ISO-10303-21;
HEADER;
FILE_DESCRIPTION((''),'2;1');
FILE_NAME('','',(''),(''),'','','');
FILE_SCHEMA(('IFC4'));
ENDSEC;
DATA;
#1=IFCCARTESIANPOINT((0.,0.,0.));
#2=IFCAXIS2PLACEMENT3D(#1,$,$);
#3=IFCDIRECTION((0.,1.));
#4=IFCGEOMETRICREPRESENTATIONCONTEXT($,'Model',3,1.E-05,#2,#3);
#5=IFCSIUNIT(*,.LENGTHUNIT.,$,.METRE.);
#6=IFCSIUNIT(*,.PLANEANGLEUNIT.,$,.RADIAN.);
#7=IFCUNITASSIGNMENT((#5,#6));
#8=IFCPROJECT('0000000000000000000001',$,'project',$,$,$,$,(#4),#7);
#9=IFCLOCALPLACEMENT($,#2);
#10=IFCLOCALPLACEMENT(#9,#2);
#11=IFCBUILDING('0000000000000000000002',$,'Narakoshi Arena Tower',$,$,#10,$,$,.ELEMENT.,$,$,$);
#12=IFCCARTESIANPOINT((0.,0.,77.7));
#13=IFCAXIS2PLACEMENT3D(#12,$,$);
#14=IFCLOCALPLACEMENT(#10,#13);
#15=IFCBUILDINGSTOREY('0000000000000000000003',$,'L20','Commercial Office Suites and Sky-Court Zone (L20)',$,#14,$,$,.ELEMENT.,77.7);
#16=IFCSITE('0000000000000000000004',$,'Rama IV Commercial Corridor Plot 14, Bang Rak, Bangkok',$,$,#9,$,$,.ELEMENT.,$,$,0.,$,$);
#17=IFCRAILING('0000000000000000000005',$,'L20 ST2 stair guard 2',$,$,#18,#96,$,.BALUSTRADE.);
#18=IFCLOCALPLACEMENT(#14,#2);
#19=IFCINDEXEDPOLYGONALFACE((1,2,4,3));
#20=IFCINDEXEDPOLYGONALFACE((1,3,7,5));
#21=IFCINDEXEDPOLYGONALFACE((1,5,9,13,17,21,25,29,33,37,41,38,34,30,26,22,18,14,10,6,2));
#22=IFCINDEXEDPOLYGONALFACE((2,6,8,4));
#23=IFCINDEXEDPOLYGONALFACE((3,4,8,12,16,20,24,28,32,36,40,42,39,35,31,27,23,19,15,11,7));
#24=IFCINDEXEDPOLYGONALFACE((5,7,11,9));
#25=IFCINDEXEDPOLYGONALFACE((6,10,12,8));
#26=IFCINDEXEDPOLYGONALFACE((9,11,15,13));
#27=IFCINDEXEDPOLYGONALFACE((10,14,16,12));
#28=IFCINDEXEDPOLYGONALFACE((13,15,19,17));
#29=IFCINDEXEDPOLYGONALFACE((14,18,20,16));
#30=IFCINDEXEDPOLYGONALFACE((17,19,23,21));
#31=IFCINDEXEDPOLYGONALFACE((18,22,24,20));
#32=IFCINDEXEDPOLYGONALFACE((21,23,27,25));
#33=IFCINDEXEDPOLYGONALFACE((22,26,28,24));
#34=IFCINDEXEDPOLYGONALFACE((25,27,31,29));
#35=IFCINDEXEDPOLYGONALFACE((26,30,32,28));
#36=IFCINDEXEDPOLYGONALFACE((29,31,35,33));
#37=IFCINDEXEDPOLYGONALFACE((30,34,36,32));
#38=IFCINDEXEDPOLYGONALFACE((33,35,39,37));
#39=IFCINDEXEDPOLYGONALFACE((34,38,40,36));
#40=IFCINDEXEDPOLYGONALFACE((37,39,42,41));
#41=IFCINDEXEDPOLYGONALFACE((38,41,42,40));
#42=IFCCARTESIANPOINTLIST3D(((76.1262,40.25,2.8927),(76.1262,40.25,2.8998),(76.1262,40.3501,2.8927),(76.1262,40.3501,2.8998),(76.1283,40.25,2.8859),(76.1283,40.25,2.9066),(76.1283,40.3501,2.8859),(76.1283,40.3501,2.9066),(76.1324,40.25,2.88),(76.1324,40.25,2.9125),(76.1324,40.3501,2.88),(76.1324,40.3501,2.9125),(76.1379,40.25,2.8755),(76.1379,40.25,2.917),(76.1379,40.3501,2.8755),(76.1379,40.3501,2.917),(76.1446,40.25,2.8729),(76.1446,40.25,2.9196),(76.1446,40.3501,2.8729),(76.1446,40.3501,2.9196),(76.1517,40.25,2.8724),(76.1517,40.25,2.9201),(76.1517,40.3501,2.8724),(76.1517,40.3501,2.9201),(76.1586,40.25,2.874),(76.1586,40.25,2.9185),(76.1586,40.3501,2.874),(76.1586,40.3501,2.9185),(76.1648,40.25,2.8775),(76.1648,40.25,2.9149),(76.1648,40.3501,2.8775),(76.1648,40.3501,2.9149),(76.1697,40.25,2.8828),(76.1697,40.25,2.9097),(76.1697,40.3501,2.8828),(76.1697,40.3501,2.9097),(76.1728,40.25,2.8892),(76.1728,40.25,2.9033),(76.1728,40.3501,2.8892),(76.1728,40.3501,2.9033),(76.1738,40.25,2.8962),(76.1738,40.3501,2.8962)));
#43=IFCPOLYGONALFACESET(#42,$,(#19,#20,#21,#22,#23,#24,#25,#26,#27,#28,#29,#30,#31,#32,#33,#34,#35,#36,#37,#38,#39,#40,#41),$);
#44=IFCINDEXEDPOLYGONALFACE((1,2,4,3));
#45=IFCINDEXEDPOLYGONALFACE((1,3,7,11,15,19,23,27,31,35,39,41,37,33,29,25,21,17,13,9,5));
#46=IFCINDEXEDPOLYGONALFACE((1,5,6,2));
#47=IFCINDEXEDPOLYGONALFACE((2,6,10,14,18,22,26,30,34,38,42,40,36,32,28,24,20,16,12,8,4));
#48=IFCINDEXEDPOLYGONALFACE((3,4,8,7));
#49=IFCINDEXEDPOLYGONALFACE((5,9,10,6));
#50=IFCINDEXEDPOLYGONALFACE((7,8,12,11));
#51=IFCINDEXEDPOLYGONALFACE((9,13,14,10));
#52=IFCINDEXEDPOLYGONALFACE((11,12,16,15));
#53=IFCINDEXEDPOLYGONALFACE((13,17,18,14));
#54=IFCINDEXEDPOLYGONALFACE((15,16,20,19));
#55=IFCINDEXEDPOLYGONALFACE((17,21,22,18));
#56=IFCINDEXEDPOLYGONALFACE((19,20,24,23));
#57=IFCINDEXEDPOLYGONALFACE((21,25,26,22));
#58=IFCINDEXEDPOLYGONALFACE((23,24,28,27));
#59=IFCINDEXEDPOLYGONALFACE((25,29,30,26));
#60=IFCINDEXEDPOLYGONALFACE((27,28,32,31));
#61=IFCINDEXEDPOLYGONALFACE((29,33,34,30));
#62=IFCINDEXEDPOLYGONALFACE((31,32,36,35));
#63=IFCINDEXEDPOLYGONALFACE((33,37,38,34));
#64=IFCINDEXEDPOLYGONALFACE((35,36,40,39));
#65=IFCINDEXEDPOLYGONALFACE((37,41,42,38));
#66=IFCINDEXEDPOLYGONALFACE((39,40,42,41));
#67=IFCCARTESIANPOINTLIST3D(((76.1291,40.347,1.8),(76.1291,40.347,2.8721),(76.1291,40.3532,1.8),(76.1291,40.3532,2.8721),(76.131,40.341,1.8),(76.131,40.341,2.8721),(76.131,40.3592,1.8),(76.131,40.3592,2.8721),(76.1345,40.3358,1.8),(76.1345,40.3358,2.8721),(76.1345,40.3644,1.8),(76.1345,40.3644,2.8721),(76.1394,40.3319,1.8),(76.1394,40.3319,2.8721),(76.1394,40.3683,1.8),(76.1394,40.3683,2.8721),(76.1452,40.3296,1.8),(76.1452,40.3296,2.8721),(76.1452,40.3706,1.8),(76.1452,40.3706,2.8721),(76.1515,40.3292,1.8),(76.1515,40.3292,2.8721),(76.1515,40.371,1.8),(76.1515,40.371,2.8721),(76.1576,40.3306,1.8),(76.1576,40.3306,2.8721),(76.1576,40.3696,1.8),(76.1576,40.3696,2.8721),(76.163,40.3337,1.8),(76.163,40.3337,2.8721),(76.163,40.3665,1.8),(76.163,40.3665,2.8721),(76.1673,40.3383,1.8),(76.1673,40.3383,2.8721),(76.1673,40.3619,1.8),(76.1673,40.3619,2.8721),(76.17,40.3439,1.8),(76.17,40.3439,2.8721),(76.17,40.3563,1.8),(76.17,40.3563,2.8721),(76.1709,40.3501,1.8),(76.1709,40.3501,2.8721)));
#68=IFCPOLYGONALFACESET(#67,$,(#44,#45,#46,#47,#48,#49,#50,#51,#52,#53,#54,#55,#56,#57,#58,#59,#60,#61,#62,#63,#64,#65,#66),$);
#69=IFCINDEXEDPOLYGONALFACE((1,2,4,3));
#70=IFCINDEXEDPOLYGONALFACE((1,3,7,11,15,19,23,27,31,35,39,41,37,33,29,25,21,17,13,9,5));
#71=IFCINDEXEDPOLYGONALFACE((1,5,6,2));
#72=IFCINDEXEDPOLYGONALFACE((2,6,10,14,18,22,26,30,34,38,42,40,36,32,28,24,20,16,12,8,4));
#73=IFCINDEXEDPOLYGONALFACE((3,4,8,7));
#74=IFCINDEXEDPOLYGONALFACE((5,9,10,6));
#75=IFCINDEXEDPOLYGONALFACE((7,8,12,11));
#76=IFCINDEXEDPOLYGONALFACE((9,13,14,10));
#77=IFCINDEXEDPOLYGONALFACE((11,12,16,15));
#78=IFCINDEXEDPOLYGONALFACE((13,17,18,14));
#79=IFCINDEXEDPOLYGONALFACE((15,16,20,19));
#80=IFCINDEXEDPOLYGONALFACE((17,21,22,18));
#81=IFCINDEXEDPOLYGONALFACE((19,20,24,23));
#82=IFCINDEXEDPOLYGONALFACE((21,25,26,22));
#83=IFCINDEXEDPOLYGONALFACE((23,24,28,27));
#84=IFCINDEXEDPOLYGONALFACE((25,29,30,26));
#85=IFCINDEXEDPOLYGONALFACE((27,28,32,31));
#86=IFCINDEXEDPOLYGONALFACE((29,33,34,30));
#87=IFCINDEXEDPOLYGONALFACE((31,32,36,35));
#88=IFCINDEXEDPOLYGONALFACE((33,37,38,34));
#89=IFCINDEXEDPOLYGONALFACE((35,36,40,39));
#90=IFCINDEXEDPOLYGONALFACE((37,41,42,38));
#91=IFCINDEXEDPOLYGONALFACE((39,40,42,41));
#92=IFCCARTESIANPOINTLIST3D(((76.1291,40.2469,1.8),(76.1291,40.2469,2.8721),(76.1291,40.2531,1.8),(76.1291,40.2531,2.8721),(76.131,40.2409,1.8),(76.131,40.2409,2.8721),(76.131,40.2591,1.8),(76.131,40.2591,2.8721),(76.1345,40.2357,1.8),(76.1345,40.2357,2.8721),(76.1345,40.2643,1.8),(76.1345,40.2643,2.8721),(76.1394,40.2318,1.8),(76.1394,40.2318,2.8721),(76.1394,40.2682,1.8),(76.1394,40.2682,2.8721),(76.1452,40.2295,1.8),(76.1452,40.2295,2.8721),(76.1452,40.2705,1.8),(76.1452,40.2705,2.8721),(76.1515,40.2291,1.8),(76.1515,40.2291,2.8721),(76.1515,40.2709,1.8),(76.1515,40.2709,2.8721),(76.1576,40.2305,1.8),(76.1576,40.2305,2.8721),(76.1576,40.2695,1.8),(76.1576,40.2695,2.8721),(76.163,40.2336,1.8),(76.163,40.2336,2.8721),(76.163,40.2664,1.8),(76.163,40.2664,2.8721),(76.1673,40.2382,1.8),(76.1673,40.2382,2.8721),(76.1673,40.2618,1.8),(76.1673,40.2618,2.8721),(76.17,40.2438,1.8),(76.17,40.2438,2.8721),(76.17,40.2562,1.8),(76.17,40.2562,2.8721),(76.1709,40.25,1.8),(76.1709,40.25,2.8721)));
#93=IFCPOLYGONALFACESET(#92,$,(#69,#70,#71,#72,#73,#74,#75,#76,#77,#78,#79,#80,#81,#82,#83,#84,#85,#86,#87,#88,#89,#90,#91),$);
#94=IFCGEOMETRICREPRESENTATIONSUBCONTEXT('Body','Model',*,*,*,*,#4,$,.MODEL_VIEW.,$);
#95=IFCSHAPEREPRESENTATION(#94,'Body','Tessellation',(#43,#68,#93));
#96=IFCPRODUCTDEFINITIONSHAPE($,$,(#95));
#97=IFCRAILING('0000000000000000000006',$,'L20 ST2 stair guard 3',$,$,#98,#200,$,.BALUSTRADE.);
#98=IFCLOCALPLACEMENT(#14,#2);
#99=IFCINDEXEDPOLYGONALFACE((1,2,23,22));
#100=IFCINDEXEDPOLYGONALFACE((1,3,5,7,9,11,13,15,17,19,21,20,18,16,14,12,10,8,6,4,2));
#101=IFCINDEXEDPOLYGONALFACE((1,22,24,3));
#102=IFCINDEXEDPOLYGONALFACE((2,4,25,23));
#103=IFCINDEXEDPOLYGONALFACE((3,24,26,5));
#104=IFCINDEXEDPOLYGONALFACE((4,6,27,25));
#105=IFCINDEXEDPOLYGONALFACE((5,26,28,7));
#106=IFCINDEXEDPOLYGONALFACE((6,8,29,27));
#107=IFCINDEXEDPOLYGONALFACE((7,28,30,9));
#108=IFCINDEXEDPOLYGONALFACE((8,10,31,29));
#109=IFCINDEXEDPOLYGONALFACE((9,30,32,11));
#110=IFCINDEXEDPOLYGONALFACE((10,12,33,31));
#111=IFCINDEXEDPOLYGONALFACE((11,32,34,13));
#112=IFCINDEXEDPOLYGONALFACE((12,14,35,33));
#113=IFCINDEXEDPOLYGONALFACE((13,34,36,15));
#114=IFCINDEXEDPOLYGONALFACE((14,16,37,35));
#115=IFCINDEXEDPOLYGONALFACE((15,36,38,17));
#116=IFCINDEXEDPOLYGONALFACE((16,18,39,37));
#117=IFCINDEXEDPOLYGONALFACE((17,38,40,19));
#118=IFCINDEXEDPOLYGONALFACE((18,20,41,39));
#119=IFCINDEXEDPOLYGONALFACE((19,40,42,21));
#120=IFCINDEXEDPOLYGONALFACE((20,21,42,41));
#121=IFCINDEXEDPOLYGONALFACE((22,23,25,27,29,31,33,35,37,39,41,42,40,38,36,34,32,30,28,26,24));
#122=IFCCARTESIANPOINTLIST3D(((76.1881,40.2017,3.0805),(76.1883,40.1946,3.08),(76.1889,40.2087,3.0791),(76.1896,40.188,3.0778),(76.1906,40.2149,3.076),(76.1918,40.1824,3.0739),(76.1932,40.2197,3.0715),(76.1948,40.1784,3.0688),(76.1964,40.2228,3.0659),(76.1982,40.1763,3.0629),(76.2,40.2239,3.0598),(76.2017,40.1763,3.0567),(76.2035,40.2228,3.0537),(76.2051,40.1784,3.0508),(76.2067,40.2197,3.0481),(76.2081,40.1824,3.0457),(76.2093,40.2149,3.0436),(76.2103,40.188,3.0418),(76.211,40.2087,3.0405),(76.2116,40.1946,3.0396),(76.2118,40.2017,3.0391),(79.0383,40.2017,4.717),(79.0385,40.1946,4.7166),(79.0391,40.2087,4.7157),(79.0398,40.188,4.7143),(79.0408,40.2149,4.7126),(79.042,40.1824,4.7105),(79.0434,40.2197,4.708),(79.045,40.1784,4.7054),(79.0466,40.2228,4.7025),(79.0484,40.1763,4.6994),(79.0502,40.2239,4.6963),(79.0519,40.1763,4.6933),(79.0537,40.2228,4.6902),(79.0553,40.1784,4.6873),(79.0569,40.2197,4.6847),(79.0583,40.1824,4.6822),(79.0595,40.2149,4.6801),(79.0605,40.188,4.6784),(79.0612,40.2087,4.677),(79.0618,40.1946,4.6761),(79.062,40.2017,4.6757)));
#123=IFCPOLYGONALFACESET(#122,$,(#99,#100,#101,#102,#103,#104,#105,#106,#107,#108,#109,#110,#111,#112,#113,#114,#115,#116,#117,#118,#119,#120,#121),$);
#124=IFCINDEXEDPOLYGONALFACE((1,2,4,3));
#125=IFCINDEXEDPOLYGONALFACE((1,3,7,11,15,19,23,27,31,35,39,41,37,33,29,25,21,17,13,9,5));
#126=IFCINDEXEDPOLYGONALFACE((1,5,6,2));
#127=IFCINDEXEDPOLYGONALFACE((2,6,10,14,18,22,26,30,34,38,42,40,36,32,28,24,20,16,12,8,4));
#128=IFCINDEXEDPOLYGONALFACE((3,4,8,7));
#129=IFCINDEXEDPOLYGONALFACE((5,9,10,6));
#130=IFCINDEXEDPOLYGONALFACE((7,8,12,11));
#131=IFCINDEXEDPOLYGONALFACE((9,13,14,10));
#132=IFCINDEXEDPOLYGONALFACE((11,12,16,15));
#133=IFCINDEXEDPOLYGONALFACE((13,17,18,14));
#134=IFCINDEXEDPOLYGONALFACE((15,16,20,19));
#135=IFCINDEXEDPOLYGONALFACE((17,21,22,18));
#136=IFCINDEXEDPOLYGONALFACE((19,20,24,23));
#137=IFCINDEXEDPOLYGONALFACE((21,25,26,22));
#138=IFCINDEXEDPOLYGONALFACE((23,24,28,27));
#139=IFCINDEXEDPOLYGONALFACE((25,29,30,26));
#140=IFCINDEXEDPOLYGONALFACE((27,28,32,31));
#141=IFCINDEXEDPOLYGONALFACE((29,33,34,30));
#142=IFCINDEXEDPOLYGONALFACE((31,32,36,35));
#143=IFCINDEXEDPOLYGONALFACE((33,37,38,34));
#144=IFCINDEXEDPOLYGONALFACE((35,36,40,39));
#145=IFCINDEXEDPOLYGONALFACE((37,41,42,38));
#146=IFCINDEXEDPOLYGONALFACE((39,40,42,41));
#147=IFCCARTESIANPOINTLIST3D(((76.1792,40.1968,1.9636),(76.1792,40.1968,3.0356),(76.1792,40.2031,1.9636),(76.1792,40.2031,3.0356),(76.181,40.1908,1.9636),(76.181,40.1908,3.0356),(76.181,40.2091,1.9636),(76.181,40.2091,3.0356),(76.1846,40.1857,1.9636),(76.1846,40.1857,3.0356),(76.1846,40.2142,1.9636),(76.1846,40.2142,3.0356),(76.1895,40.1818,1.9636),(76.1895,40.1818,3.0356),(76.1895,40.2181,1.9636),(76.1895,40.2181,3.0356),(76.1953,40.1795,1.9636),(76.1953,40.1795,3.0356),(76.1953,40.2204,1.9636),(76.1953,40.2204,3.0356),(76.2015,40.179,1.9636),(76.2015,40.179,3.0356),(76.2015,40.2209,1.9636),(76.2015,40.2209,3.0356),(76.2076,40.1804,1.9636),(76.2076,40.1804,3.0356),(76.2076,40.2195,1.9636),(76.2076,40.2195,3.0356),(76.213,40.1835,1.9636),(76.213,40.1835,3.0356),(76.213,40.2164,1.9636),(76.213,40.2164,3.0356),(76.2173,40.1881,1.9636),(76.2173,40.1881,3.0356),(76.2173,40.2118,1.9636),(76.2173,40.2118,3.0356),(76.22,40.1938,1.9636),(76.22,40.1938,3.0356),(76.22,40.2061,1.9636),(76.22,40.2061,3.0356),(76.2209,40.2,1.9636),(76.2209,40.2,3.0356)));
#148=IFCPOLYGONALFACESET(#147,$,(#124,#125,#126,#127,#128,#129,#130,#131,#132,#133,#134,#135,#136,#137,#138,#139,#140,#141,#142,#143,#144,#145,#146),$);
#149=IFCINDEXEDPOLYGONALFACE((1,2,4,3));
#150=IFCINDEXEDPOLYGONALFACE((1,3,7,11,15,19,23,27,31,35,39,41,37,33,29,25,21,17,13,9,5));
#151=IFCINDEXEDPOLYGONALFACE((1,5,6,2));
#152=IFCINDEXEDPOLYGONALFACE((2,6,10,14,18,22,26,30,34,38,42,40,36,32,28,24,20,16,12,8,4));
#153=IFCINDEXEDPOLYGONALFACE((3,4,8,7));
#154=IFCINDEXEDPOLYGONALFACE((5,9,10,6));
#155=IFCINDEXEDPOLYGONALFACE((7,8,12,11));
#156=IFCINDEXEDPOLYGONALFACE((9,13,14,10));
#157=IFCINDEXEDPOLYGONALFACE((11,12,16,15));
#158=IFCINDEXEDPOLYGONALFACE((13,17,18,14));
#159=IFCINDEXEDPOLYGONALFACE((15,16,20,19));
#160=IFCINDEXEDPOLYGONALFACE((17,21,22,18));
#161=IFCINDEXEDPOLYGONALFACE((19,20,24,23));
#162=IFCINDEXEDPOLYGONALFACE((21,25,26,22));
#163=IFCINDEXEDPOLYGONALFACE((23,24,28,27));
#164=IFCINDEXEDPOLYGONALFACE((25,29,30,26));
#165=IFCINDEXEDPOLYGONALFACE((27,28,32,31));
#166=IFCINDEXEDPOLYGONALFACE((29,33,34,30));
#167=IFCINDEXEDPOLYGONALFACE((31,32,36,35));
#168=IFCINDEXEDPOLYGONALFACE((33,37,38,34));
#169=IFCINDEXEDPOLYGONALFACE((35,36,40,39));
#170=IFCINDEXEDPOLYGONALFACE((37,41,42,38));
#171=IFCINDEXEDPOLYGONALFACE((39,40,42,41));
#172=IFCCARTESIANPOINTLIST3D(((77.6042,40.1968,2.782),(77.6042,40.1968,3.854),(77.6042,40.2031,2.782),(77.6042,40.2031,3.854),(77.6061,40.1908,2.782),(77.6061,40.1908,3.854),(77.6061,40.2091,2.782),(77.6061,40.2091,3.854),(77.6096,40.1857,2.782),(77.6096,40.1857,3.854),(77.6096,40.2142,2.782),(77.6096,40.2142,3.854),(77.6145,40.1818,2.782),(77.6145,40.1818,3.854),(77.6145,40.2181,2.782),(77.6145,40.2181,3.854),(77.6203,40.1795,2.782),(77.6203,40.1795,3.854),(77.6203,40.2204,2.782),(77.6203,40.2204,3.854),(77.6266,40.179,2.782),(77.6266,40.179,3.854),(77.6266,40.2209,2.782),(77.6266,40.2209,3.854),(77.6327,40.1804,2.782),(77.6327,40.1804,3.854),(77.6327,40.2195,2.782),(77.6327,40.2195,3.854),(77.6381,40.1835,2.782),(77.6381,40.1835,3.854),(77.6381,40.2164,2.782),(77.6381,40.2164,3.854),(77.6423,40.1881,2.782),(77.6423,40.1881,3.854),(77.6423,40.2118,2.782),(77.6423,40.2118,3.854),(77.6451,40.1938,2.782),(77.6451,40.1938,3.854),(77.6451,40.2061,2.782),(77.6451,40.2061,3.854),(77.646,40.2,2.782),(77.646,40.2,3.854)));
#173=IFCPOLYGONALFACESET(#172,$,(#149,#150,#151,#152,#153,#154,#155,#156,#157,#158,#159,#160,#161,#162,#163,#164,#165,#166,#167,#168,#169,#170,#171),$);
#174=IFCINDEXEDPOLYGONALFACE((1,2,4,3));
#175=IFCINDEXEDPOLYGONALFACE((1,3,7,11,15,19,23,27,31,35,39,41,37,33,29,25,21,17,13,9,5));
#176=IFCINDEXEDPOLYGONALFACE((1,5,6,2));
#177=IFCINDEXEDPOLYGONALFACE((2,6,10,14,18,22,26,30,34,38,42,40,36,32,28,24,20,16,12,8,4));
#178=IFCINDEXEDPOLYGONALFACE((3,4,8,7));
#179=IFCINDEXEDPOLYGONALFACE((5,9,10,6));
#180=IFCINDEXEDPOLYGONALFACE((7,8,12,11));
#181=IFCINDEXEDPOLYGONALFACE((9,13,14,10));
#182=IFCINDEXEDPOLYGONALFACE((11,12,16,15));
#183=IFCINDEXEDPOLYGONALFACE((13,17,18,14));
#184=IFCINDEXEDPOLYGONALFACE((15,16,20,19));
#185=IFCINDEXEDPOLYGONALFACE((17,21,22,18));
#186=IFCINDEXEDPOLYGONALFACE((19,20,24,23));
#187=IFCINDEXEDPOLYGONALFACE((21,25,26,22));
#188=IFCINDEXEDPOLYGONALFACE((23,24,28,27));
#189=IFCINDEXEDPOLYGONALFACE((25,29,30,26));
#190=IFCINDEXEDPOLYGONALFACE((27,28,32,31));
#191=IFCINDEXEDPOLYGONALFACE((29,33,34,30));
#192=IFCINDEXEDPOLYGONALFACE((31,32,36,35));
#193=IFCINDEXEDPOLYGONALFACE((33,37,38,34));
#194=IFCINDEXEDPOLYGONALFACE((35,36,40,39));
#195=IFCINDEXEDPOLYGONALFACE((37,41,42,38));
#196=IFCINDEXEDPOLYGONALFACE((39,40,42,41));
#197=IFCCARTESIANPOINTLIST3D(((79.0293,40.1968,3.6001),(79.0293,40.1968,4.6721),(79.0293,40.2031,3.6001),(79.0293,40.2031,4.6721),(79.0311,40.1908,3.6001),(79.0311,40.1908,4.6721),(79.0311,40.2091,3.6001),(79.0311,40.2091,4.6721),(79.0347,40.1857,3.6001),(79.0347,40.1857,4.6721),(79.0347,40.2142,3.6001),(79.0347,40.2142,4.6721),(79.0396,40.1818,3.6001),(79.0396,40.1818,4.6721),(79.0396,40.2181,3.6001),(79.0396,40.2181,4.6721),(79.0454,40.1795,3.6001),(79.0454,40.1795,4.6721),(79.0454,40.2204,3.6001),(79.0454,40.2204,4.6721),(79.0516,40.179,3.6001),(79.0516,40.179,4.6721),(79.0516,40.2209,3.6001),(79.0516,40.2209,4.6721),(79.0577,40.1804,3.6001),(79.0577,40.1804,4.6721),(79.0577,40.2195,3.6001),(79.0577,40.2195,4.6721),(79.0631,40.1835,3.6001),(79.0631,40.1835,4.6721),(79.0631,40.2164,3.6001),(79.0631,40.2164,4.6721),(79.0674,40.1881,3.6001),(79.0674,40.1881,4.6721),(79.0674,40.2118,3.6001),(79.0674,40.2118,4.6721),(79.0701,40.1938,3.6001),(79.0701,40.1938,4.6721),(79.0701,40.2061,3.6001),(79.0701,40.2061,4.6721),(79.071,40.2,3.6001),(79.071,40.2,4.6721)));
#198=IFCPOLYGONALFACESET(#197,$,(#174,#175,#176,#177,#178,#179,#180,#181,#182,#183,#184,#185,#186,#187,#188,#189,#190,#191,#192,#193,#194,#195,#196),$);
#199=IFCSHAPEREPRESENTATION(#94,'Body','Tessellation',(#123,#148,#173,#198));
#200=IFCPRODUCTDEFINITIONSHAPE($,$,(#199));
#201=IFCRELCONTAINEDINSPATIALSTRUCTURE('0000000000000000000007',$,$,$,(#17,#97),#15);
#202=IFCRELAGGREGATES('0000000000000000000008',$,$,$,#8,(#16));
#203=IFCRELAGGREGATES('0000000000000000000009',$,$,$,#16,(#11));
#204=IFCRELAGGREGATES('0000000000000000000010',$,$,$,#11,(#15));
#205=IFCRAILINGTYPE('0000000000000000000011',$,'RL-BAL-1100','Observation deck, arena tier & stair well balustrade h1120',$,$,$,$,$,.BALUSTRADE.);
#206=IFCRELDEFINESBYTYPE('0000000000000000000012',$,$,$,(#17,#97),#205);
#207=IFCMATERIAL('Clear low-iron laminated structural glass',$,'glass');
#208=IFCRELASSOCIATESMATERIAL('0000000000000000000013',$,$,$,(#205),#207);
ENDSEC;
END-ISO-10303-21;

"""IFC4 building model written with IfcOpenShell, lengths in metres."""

from ifc_helpers import new_model, si_unit, direction, frame, origin, origin_2d, place, context, subcontext, project, spatial, circle, extrude, material, type_object, element, save


model = new_model("IFC4")

# Units and contexts
model_context = context("Model", 3, precision=1e-05, world=origin(), true_north=direction((0.0, 1.0)))
body_context = subcontext(model_context, "Body", "Model", "MODEL_VIEW")
ifc_project = project(units=[si_unit("LENGTHUNIT", "METRE"), si_unit("PLANEANGLEUNIT", "RADIAN")], contexts=[model_context])

# Site, building, storey
site_placement = place(None, origin())
site = spatial("IfcSite", under=ifc_project, at=site_placement, Name="Rama IV Commercial Corridor Plot 14, Bang Rak, Bangkok", CompositionType="ELEMENT", RefElevation=0.0)
building_placement = place(site_placement, origin())
building = spatial("IfcBuilding", under=site, at=building_placement, Name="Narakoshi Arena Tower", CompositionType="ELEMENT")
storey_placement = place(building_placement, frame((0.0, 0.0, 77.7)))
storey = spatial("IfcBuildingStorey", under=building, at=storey_placement, Name="L20", Description="Commercial Office Suites and Sky-Court Zone (L20)", CompositionType="ELEMENT", Elevation=77.7)

# Railings
ifc_material_1 = material(Name="Clear low-iron laminated structural glass", Category="glass")
railing_type_1 = type_object("IfcRailingType", Name="RL-BAL-1100", Description="Observation deck, arena tier & stair well balustrade h1120", PredefinedType="BALUSTRADE", material=ifc_material_1)
railing_1_placement = place(storey_placement, frame((76.1499, 40.3501, 1.8)))
element("IfcRailing", 1, at=railing_1_placement, inside=storey, type_object=railing_type_1, Name="L20 ST2 stair guard 2", PredefinedType="BALUSTRADE", context=body_context, shape_type="SweptSolid", body=[
    extrude(circle(Radius=0.0239, at=origin_2d()), frame((0.0, 0.0, 1.0962), z_axis=(0.0, -1.0, 0.0), x_axis=(1.0, 0.0, 0.0)), (0.0, 0.0, 1.0), 0.1001),
    extrude(circle(Radius=0.021, at=origin_2d()), origin(), (0.0, 0.0, 1.0), 1.072),
    extrude(circle(Radius=0.021, at=origin_2d()), frame((0.0, -0.1001, 0.0)), (0.0, 0.0, 1.0), 1.072),
])
railing_2_placement = place(storey_placement, frame((76.2, 40.2, 1.9636)))
element("IfcRailing", 2, at=railing_2_placement, inside=storey, type_object=railing_type_1, Name="L20 ST2 stair guard 3", PredefinedType="BALUSTRADE", context=body_context, shape_type="SweptSolid", body=[
    extrude(circle(Radius=0.0239, at=origin_2d()), frame((0.0, 0.0, 1.0962), z_axis=(0.867213, 0.0, 0.497938), x_axis=(0.0, 1.0, 0.0)), (0.0, 0.0, 1.0), 3.2866),
    extrude(circle(Radius=0.021, at=origin_2d()), origin(), (0.0, 0.0, 1.0), 1.072),
    extrude(circle(Radius=0.021, at=origin_2d()), frame((1.425, 0.0, 0.8184)), (0.0, 0.0, 1.0), 1.072),
    extrude(circle(Radius=0.021, at=origin_2d()), frame((2.8501, 0.0, 1.6365)), (0.0, 0.0, 1.0), 1.072),
])

save(model, "model.ifc")
